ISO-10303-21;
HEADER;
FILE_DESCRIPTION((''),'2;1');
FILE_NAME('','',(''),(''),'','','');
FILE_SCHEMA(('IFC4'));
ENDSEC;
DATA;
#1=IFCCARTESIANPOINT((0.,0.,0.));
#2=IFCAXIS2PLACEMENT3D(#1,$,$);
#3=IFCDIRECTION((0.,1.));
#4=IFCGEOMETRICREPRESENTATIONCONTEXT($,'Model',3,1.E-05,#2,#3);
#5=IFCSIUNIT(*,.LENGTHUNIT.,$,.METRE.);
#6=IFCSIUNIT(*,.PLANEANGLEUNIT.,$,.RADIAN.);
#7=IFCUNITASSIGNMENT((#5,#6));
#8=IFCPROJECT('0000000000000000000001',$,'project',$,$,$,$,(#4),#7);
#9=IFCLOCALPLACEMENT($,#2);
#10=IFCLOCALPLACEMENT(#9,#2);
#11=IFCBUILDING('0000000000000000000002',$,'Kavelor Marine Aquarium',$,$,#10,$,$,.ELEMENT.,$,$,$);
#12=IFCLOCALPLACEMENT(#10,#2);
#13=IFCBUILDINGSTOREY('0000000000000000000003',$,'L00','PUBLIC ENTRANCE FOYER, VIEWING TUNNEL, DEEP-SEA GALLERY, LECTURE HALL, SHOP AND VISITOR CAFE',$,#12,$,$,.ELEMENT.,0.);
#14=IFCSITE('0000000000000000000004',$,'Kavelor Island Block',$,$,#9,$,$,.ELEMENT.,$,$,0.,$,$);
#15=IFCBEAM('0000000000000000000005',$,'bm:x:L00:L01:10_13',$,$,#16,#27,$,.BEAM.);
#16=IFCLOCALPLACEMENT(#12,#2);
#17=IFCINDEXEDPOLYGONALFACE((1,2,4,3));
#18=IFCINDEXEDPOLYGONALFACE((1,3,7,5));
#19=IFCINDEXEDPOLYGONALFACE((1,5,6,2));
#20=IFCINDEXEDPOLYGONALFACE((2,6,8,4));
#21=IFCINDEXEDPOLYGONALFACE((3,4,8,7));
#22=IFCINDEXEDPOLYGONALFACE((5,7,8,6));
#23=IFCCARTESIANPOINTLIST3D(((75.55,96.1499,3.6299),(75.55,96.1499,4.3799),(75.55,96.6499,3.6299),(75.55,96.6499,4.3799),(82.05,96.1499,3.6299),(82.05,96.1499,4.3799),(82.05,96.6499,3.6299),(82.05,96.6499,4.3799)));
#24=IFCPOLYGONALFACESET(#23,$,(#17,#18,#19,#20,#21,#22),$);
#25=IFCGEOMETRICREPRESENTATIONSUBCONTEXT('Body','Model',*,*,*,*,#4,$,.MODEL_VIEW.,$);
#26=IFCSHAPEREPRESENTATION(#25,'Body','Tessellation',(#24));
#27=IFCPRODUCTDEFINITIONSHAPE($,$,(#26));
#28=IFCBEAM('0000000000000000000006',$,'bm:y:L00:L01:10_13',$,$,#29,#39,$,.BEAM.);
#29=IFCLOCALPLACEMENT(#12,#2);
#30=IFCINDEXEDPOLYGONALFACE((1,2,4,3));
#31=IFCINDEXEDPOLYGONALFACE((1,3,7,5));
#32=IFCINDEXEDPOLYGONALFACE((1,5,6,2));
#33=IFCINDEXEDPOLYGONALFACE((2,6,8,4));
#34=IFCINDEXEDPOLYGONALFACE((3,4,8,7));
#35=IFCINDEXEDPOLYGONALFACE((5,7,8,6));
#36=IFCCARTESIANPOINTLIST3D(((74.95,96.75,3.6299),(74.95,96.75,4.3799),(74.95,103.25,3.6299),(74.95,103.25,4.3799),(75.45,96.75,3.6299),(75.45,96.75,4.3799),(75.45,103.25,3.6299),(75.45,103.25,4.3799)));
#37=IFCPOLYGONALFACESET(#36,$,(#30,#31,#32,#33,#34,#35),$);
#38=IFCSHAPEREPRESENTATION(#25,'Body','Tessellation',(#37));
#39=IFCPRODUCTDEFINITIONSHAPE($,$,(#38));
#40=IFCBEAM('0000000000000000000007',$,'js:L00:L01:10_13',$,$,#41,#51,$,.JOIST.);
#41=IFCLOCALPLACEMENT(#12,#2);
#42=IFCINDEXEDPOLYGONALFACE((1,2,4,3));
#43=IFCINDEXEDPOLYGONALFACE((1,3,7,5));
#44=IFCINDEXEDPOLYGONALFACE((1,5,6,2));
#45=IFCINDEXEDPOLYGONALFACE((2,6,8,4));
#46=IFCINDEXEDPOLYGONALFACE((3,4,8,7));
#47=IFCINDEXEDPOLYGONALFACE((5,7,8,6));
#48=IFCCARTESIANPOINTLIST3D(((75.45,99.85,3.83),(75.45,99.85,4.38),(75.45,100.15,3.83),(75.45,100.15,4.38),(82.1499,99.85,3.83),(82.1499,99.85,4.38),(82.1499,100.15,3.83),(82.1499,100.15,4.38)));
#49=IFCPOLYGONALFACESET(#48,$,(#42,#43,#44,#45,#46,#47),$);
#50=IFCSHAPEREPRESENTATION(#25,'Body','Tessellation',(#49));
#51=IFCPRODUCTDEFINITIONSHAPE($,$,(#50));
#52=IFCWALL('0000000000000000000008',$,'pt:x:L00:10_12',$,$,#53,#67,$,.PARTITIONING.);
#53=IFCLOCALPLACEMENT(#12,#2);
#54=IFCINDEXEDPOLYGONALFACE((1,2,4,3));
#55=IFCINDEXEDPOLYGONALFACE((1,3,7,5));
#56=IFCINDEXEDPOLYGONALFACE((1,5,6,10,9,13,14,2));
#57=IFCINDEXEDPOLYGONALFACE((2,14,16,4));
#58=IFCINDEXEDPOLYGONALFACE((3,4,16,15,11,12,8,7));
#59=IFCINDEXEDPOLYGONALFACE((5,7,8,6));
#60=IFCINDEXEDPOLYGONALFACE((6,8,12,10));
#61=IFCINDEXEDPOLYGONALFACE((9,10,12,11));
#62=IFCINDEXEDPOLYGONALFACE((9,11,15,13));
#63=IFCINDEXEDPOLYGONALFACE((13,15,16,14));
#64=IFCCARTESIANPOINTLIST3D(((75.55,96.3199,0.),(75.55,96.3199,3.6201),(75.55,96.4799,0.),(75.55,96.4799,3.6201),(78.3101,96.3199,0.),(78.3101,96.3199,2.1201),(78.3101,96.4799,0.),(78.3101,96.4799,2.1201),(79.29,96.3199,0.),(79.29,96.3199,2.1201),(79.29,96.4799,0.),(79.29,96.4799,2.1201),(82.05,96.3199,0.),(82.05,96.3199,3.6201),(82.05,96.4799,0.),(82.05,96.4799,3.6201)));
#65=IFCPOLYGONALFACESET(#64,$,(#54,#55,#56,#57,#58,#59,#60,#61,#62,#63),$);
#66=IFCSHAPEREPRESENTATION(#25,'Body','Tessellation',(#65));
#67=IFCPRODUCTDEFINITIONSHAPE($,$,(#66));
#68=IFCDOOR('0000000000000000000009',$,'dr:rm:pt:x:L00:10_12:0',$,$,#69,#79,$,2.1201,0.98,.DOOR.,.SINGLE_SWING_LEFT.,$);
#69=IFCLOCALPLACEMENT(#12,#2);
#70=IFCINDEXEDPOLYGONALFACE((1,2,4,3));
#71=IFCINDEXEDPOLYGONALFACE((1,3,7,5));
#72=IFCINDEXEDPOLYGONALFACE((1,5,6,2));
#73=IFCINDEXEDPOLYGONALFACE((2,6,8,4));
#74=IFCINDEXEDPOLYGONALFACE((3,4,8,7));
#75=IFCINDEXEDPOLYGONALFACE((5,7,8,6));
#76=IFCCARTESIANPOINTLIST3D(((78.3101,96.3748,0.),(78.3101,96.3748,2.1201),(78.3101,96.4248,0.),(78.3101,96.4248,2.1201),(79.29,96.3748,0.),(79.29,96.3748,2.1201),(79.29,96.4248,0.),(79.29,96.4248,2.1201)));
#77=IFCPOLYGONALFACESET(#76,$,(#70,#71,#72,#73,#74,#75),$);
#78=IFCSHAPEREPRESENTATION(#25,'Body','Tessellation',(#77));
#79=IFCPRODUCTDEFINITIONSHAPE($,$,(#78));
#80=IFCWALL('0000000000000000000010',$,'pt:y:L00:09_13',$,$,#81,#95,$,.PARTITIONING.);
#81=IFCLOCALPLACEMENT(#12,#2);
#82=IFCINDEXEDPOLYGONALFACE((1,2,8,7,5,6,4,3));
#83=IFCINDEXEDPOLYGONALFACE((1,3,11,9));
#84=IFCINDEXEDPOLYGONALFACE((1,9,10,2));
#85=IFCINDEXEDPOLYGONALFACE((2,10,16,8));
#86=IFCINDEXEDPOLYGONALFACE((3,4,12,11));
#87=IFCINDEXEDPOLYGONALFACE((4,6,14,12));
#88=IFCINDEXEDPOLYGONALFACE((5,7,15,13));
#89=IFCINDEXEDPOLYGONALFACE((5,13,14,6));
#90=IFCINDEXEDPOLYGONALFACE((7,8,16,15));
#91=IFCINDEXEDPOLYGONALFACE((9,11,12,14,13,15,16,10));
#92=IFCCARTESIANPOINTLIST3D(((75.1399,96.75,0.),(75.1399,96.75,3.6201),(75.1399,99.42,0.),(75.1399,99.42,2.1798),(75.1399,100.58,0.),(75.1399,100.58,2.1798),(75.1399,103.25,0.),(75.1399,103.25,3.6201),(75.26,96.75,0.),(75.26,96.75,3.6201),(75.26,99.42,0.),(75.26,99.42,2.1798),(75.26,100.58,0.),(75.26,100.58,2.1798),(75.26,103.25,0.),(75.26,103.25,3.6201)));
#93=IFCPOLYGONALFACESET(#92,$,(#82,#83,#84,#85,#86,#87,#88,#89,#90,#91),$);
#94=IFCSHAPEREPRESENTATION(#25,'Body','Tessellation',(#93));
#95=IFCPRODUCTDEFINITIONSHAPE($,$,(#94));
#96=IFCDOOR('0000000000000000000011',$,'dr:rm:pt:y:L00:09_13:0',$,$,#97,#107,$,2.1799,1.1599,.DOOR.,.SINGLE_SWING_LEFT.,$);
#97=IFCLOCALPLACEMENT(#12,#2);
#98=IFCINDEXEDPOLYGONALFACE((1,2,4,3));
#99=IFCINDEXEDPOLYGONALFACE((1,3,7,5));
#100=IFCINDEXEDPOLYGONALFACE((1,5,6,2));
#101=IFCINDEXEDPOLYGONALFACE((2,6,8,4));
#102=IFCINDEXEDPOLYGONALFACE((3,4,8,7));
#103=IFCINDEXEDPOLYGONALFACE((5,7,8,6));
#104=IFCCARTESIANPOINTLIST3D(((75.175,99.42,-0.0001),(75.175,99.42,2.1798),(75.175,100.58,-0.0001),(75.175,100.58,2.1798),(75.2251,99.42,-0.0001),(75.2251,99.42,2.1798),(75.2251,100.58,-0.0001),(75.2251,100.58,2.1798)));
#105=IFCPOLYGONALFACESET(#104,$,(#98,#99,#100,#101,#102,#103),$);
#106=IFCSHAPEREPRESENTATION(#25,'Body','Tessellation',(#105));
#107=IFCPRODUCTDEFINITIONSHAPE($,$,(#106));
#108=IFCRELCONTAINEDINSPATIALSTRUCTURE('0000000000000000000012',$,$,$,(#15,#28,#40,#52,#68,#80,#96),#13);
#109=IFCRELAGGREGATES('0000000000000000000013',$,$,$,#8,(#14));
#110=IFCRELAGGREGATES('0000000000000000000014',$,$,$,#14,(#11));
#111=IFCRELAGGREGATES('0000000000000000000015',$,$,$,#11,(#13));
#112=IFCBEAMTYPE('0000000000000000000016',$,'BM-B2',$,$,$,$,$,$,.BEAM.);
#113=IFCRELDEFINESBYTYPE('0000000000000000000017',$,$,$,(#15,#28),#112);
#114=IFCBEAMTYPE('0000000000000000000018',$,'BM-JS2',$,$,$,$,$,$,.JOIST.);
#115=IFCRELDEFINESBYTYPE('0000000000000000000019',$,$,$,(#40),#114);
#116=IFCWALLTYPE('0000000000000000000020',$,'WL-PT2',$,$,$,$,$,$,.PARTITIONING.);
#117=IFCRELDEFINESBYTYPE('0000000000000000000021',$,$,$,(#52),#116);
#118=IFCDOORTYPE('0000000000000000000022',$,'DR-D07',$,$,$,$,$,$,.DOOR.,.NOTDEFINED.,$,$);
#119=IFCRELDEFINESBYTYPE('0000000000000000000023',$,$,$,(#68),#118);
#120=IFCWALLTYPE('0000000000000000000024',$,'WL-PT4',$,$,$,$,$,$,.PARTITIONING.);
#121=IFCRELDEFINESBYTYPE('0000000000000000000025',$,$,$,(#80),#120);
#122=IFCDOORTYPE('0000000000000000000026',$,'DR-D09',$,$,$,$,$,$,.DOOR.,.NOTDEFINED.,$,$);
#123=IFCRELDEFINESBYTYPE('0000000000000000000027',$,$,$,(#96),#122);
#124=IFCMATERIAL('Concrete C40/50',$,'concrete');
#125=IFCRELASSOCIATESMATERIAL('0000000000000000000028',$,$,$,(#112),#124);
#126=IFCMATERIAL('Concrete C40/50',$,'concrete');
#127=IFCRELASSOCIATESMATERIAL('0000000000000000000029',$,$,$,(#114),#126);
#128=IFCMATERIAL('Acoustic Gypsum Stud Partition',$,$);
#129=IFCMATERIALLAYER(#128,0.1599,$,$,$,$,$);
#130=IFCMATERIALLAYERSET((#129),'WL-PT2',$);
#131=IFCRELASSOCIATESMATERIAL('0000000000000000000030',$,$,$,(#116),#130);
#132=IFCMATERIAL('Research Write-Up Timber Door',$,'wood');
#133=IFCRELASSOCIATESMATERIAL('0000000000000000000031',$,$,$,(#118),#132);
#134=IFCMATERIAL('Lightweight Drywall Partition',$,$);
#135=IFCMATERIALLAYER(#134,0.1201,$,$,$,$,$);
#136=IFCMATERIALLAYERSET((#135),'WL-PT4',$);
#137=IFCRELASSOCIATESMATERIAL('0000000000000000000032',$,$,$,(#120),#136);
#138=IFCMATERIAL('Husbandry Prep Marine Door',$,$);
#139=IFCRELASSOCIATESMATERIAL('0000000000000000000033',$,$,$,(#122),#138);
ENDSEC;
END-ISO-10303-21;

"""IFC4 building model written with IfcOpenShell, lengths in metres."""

from ifc_helpers import new_model, si_unit, direction, frame, frame_2d, origin, origin_2d, place, context, subcontext, project, spatial, rectangle, extrude, material, layer, layer_set, material_profile, profile_set, type_object, element, fill, save


model = new_model("IFC4")

# Units and contexts
model_context = context("Model", 3, precision=1e-05, world=origin(), true_north=direction((0.0, 1.0)))
body_context = subcontext(model_context, "Body", "Model", "MODEL_VIEW")
ifc_project = project(units=[si_unit("LENGTHUNIT", "METRE"), si_unit("PLANEANGLEUNIT", "RADIAN")], contexts=[model_context])

# Site, building, storey
site_placement = place(None, origin())
site = spatial("IfcSite", under=ifc_project, at=site_placement, Name="Kavelor Island Block", CompositionType="ELEMENT", RefElevation=0.0)
building_placement = place(site_placement, origin())
building = spatial("IfcBuilding", under=site, at=building_placement, Name="Kavelor Marine Aquarium", CompositionType="ELEMENT")
storey_placement = place(building_placement, origin())
storey = spatial("IfcBuildingStorey", under=building, at=storey_placement, Name="L00", Description="PUBLIC ENTRANCE FOYER, VIEWING TUNNEL, DEEP-SEA GALLERY, LECTURE HALL, SHOP AND VISITOR CAFE", CompositionType="ELEMENT", Elevation=0.0)

# Beams
ifc_material_1 = material(Name="Concrete C40/50", Category="concrete")
ifc_material_profile_1 = material_profile(ifc_material_1, rectangle(XDim=0.5, YDim=0.75, at=origin_2d()), Name="RC-BM 500x750")
ifc_profile_set_1 = profile_set([ifc_material_profile_1], Name="Concrete C40/50")
beam_type_1 = type_object("IfcBeamType", Name="BM-B2", PredefinedType="BEAM", material=ifc_profile_set_1)
for number, where, z_axis, x_axis, name in (
    (1, (75.55, 96.3999, 4.0049), (1.0, 0.0, 0.0), (0.0, 1.0, 0.0), "bm:x:L00:L01:10_13"),
    (2, (75.2, 96.75, 4.0049), (0.0, 1.0, 0.0), (-1.0, 0.0, 0.0), "bm:y:L00:L01:10_13"),
):
    element("IfcBeam", number, at=place(storey_placement, frame(where, z_axis=z_axis, x_axis=x_axis)), inside=storey, type_object=beam_type_1, Name=name, PredefinedType="BEAM", context=body_context, shape_type="SweptSolid", body=[
        extrude(rectangle(XDim=0.5, YDim=0.75, at=origin_2d()), origin(), (0.0, 0.0, 1.0), 6.5),
    ])
ifc_material_2 = material(Name="Concrete C40/50", Category="concrete")
ifc_material_profile_2 = material_profile(ifc_material_2, rectangle(XDim=0.3, YDim=0.55, at=origin_2d()), Name="RC-JS 300x550")
ifc_profile_set_2 = profile_set([ifc_material_profile_2], Name="Concrete C40/50")
beam_type_2 = type_object("IfcBeamType", Name="BM-JS2", PredefinedType="JOIST", material=ifc_profile_set_2)
beam_placement = place(storey_placement, frame((75.45, 100.0, 4.105), z_axis=(1.0, 0.0, 0.0), x_axis=(0.0, 1.0, 0.0)))
element("IfcBeam", 3, at=beam_placement, inside=storey, type_object=beam_type_2, Name="js:L00:L01:10_13", PredefinedType="JOIST", context=body_context, shape_type="SweptSolid", body=[
    extrude(rectangle(XDim=0.3, YDim=0.55, at=origin_2d()), origin(), (0.0, 0.0, 1.0), 6.7),
])

# Walls, openings, doors
ifc_material_3 = material(Name="Acoustic Gypsum Stud Partition")
ifc_layer_1 = layer(ifc_material_3, 0.1599)
ifc_layer_set_1 = layer_set([ifc_layer_1], Name="WL-PT2")
wall_type_1 = type_object("IfcWallType", Name="WL-PT2", PredefinedType="PARTITIONING", material=ifc_layer_set_1)
wall_1_placement = place(storey_placement, frame((75.55, 96.3999, 0.0), z_axis=(0.0, 0.0, 1.0), x_axis=(1.0, 0.0, 0.0)))
wall_1 = element("IfcWall", 4, at=wall_1_placement, inside=storey, type_object=wall_type_1, Name="pt:x:L00:10_12", PredefinedType="PARTITIONING", context=body_context, shape_type="SweptSolid", body=[
    extrude(rectangle(XDim=6.5, YDim=0.1599, at=frame_2d((3.25, 0.0))), origin(), (0.0, 0.0, 1.0), 3.6201),
])
opening_1_placement = place(wall_1_placement, frame((2.76, 0.0, 0.0)))
opening_1 = element("IfcOpeningElement", 5, at=opening_1_placement, cuts=wall_1, PredefinedType="OPENING", context=body_context, shape_type="SweptSolid", body=[
    extrude(rectangle(XDim=0.98, YDim=2.1201, at=frame_2d((0.49, 1.0601))), frame((0.0, 0.0898, 0.0), z_axis=(0.0, -1.0, 0.0), x_axis=(1.0, 0.0, 0.0)), (0.0, 0.0, 1.0), 0.1799),
])
ifc_material_4 = material(Name="Research Write-Up Timber Door", Category="wood")
door_type_1 = type_object("IfcDoorType", Name="DR-D07", OperationType="NOTDEFINED", PredefinedType="DOOR", material=ifc_material_4)
door_1_placement = place(opening_1_placement, origin())
door_1 = element("IfcDoor", 6, at=door_1_placement, inside=storey, type_object=door_type_1, Name="dr:rm:pt:x:L00:10_12:0", OperationType="SINGLE_SWING_LEFT", OverallHeight=2.1201, OverallWidth=0.98, PredefinedType="DOOR", context=body_context, shape_type="SweptSolid", body=[
    extrude(rectangle(XDim=0.98, YDim=2.1201, at=frame_2d((0.49, 1.0601))), frame((0.0, 0.0249, 0.0), z_axis=(0.0, -1.0, 0.0), x_axis=(1.0, 0.0, 0.0)), (0.0, 0.0, 1.0), 0.05),
])
fill(opening_1, door_1)
ifc_material_5 = material(Name="Lightweight Drywall Partition")
ifc_layer_2 = layer(ifc_material_5, 0.1201)
ifc_layer_set_2 = layer_set([ifc_layer_2], Name="WL-PT4")
wall_type_2 = type_object("IfcWallType", Name="WL-PT4", PredefinedType="PARTITIONING", material=ifc_layer_set_2)
wall_2_placement = place(storey_placement, frame((75.2, 96.75, 0.0), z_axis=(0.0, 0.0, 1.0), x_axis=(0.0, 1.0, 0.0)))
wall_2 = element("IfcWall", 7, at=wall_2_placement, inside=storey, type_object=wall_type_2, Name="pt:y:L00:09_13", PredefinedType="PARTITIONING", context=body_context, shape_type="SweptSolid", body=[
    extrude(rectangle(XDim=6.5, YDim=0.1201, at=frame_2d((3.25, 0.0))), origin(), (0.0, 0.0, 1.0), 3.6201),
])
opening_2_placement = place(wall_2_placement, frame((2.6699, 0.0, 0.0)))
opening_2 = element("IfcOpeningElement", 8, at=opening_2_placement, cuts=wall_2, PredefinedType="OPENING", context=body_context, shape_type="SweptSolid", body=[
    extrude(rectangle(XDim=1.1599, YDim=2.1799, at=frame_2d((0.5801, 1.0898))), frame((0.0, 0.0701, 0.0), z_axis=(0.0, -1.0, 0.0), x_axis=(1.0, 0.0, 0.0)), (0.0, 0.0, 1.0), 0.1401),
])
ifc_material_6 = material(Name="Husbandry Prep Marine Door")
door_type_2 = type_object("IfcDoorType", Name="DR-D09", OperationType="NOTDEFINED", PredefinedType="DOOR", material=ifc_material_6)
door_2_placement = place(opening_2_placement, origin())
door_2 = element("IfcDoor", 9, at=door_2_placement, inside=storey, type_object=door_type_2, Name="dr:rm:pt:y:L00:09_13:0", OperationType="SINGLE_SWING_LEFT", OverallHeight=2.1799, OverallWidth=1.1599, PredefinedType="DOOR", context=body_context, shape_type="SweptSolid", body=[
    extrude(rectangle(XDim=1.1599, YDim=2.1799, at=frame_2d((0.5801, 1.0898))), frame((0.0, 0.0249, 0.0), z_axis=(0.0, -1.0, 0.0), x_axis=(1.0, 0.0, 0.0)), (0.0, 0.0, 1.0), 0.05),
])
fill(opening_2, door_2)

save(model, "model.ifc")
